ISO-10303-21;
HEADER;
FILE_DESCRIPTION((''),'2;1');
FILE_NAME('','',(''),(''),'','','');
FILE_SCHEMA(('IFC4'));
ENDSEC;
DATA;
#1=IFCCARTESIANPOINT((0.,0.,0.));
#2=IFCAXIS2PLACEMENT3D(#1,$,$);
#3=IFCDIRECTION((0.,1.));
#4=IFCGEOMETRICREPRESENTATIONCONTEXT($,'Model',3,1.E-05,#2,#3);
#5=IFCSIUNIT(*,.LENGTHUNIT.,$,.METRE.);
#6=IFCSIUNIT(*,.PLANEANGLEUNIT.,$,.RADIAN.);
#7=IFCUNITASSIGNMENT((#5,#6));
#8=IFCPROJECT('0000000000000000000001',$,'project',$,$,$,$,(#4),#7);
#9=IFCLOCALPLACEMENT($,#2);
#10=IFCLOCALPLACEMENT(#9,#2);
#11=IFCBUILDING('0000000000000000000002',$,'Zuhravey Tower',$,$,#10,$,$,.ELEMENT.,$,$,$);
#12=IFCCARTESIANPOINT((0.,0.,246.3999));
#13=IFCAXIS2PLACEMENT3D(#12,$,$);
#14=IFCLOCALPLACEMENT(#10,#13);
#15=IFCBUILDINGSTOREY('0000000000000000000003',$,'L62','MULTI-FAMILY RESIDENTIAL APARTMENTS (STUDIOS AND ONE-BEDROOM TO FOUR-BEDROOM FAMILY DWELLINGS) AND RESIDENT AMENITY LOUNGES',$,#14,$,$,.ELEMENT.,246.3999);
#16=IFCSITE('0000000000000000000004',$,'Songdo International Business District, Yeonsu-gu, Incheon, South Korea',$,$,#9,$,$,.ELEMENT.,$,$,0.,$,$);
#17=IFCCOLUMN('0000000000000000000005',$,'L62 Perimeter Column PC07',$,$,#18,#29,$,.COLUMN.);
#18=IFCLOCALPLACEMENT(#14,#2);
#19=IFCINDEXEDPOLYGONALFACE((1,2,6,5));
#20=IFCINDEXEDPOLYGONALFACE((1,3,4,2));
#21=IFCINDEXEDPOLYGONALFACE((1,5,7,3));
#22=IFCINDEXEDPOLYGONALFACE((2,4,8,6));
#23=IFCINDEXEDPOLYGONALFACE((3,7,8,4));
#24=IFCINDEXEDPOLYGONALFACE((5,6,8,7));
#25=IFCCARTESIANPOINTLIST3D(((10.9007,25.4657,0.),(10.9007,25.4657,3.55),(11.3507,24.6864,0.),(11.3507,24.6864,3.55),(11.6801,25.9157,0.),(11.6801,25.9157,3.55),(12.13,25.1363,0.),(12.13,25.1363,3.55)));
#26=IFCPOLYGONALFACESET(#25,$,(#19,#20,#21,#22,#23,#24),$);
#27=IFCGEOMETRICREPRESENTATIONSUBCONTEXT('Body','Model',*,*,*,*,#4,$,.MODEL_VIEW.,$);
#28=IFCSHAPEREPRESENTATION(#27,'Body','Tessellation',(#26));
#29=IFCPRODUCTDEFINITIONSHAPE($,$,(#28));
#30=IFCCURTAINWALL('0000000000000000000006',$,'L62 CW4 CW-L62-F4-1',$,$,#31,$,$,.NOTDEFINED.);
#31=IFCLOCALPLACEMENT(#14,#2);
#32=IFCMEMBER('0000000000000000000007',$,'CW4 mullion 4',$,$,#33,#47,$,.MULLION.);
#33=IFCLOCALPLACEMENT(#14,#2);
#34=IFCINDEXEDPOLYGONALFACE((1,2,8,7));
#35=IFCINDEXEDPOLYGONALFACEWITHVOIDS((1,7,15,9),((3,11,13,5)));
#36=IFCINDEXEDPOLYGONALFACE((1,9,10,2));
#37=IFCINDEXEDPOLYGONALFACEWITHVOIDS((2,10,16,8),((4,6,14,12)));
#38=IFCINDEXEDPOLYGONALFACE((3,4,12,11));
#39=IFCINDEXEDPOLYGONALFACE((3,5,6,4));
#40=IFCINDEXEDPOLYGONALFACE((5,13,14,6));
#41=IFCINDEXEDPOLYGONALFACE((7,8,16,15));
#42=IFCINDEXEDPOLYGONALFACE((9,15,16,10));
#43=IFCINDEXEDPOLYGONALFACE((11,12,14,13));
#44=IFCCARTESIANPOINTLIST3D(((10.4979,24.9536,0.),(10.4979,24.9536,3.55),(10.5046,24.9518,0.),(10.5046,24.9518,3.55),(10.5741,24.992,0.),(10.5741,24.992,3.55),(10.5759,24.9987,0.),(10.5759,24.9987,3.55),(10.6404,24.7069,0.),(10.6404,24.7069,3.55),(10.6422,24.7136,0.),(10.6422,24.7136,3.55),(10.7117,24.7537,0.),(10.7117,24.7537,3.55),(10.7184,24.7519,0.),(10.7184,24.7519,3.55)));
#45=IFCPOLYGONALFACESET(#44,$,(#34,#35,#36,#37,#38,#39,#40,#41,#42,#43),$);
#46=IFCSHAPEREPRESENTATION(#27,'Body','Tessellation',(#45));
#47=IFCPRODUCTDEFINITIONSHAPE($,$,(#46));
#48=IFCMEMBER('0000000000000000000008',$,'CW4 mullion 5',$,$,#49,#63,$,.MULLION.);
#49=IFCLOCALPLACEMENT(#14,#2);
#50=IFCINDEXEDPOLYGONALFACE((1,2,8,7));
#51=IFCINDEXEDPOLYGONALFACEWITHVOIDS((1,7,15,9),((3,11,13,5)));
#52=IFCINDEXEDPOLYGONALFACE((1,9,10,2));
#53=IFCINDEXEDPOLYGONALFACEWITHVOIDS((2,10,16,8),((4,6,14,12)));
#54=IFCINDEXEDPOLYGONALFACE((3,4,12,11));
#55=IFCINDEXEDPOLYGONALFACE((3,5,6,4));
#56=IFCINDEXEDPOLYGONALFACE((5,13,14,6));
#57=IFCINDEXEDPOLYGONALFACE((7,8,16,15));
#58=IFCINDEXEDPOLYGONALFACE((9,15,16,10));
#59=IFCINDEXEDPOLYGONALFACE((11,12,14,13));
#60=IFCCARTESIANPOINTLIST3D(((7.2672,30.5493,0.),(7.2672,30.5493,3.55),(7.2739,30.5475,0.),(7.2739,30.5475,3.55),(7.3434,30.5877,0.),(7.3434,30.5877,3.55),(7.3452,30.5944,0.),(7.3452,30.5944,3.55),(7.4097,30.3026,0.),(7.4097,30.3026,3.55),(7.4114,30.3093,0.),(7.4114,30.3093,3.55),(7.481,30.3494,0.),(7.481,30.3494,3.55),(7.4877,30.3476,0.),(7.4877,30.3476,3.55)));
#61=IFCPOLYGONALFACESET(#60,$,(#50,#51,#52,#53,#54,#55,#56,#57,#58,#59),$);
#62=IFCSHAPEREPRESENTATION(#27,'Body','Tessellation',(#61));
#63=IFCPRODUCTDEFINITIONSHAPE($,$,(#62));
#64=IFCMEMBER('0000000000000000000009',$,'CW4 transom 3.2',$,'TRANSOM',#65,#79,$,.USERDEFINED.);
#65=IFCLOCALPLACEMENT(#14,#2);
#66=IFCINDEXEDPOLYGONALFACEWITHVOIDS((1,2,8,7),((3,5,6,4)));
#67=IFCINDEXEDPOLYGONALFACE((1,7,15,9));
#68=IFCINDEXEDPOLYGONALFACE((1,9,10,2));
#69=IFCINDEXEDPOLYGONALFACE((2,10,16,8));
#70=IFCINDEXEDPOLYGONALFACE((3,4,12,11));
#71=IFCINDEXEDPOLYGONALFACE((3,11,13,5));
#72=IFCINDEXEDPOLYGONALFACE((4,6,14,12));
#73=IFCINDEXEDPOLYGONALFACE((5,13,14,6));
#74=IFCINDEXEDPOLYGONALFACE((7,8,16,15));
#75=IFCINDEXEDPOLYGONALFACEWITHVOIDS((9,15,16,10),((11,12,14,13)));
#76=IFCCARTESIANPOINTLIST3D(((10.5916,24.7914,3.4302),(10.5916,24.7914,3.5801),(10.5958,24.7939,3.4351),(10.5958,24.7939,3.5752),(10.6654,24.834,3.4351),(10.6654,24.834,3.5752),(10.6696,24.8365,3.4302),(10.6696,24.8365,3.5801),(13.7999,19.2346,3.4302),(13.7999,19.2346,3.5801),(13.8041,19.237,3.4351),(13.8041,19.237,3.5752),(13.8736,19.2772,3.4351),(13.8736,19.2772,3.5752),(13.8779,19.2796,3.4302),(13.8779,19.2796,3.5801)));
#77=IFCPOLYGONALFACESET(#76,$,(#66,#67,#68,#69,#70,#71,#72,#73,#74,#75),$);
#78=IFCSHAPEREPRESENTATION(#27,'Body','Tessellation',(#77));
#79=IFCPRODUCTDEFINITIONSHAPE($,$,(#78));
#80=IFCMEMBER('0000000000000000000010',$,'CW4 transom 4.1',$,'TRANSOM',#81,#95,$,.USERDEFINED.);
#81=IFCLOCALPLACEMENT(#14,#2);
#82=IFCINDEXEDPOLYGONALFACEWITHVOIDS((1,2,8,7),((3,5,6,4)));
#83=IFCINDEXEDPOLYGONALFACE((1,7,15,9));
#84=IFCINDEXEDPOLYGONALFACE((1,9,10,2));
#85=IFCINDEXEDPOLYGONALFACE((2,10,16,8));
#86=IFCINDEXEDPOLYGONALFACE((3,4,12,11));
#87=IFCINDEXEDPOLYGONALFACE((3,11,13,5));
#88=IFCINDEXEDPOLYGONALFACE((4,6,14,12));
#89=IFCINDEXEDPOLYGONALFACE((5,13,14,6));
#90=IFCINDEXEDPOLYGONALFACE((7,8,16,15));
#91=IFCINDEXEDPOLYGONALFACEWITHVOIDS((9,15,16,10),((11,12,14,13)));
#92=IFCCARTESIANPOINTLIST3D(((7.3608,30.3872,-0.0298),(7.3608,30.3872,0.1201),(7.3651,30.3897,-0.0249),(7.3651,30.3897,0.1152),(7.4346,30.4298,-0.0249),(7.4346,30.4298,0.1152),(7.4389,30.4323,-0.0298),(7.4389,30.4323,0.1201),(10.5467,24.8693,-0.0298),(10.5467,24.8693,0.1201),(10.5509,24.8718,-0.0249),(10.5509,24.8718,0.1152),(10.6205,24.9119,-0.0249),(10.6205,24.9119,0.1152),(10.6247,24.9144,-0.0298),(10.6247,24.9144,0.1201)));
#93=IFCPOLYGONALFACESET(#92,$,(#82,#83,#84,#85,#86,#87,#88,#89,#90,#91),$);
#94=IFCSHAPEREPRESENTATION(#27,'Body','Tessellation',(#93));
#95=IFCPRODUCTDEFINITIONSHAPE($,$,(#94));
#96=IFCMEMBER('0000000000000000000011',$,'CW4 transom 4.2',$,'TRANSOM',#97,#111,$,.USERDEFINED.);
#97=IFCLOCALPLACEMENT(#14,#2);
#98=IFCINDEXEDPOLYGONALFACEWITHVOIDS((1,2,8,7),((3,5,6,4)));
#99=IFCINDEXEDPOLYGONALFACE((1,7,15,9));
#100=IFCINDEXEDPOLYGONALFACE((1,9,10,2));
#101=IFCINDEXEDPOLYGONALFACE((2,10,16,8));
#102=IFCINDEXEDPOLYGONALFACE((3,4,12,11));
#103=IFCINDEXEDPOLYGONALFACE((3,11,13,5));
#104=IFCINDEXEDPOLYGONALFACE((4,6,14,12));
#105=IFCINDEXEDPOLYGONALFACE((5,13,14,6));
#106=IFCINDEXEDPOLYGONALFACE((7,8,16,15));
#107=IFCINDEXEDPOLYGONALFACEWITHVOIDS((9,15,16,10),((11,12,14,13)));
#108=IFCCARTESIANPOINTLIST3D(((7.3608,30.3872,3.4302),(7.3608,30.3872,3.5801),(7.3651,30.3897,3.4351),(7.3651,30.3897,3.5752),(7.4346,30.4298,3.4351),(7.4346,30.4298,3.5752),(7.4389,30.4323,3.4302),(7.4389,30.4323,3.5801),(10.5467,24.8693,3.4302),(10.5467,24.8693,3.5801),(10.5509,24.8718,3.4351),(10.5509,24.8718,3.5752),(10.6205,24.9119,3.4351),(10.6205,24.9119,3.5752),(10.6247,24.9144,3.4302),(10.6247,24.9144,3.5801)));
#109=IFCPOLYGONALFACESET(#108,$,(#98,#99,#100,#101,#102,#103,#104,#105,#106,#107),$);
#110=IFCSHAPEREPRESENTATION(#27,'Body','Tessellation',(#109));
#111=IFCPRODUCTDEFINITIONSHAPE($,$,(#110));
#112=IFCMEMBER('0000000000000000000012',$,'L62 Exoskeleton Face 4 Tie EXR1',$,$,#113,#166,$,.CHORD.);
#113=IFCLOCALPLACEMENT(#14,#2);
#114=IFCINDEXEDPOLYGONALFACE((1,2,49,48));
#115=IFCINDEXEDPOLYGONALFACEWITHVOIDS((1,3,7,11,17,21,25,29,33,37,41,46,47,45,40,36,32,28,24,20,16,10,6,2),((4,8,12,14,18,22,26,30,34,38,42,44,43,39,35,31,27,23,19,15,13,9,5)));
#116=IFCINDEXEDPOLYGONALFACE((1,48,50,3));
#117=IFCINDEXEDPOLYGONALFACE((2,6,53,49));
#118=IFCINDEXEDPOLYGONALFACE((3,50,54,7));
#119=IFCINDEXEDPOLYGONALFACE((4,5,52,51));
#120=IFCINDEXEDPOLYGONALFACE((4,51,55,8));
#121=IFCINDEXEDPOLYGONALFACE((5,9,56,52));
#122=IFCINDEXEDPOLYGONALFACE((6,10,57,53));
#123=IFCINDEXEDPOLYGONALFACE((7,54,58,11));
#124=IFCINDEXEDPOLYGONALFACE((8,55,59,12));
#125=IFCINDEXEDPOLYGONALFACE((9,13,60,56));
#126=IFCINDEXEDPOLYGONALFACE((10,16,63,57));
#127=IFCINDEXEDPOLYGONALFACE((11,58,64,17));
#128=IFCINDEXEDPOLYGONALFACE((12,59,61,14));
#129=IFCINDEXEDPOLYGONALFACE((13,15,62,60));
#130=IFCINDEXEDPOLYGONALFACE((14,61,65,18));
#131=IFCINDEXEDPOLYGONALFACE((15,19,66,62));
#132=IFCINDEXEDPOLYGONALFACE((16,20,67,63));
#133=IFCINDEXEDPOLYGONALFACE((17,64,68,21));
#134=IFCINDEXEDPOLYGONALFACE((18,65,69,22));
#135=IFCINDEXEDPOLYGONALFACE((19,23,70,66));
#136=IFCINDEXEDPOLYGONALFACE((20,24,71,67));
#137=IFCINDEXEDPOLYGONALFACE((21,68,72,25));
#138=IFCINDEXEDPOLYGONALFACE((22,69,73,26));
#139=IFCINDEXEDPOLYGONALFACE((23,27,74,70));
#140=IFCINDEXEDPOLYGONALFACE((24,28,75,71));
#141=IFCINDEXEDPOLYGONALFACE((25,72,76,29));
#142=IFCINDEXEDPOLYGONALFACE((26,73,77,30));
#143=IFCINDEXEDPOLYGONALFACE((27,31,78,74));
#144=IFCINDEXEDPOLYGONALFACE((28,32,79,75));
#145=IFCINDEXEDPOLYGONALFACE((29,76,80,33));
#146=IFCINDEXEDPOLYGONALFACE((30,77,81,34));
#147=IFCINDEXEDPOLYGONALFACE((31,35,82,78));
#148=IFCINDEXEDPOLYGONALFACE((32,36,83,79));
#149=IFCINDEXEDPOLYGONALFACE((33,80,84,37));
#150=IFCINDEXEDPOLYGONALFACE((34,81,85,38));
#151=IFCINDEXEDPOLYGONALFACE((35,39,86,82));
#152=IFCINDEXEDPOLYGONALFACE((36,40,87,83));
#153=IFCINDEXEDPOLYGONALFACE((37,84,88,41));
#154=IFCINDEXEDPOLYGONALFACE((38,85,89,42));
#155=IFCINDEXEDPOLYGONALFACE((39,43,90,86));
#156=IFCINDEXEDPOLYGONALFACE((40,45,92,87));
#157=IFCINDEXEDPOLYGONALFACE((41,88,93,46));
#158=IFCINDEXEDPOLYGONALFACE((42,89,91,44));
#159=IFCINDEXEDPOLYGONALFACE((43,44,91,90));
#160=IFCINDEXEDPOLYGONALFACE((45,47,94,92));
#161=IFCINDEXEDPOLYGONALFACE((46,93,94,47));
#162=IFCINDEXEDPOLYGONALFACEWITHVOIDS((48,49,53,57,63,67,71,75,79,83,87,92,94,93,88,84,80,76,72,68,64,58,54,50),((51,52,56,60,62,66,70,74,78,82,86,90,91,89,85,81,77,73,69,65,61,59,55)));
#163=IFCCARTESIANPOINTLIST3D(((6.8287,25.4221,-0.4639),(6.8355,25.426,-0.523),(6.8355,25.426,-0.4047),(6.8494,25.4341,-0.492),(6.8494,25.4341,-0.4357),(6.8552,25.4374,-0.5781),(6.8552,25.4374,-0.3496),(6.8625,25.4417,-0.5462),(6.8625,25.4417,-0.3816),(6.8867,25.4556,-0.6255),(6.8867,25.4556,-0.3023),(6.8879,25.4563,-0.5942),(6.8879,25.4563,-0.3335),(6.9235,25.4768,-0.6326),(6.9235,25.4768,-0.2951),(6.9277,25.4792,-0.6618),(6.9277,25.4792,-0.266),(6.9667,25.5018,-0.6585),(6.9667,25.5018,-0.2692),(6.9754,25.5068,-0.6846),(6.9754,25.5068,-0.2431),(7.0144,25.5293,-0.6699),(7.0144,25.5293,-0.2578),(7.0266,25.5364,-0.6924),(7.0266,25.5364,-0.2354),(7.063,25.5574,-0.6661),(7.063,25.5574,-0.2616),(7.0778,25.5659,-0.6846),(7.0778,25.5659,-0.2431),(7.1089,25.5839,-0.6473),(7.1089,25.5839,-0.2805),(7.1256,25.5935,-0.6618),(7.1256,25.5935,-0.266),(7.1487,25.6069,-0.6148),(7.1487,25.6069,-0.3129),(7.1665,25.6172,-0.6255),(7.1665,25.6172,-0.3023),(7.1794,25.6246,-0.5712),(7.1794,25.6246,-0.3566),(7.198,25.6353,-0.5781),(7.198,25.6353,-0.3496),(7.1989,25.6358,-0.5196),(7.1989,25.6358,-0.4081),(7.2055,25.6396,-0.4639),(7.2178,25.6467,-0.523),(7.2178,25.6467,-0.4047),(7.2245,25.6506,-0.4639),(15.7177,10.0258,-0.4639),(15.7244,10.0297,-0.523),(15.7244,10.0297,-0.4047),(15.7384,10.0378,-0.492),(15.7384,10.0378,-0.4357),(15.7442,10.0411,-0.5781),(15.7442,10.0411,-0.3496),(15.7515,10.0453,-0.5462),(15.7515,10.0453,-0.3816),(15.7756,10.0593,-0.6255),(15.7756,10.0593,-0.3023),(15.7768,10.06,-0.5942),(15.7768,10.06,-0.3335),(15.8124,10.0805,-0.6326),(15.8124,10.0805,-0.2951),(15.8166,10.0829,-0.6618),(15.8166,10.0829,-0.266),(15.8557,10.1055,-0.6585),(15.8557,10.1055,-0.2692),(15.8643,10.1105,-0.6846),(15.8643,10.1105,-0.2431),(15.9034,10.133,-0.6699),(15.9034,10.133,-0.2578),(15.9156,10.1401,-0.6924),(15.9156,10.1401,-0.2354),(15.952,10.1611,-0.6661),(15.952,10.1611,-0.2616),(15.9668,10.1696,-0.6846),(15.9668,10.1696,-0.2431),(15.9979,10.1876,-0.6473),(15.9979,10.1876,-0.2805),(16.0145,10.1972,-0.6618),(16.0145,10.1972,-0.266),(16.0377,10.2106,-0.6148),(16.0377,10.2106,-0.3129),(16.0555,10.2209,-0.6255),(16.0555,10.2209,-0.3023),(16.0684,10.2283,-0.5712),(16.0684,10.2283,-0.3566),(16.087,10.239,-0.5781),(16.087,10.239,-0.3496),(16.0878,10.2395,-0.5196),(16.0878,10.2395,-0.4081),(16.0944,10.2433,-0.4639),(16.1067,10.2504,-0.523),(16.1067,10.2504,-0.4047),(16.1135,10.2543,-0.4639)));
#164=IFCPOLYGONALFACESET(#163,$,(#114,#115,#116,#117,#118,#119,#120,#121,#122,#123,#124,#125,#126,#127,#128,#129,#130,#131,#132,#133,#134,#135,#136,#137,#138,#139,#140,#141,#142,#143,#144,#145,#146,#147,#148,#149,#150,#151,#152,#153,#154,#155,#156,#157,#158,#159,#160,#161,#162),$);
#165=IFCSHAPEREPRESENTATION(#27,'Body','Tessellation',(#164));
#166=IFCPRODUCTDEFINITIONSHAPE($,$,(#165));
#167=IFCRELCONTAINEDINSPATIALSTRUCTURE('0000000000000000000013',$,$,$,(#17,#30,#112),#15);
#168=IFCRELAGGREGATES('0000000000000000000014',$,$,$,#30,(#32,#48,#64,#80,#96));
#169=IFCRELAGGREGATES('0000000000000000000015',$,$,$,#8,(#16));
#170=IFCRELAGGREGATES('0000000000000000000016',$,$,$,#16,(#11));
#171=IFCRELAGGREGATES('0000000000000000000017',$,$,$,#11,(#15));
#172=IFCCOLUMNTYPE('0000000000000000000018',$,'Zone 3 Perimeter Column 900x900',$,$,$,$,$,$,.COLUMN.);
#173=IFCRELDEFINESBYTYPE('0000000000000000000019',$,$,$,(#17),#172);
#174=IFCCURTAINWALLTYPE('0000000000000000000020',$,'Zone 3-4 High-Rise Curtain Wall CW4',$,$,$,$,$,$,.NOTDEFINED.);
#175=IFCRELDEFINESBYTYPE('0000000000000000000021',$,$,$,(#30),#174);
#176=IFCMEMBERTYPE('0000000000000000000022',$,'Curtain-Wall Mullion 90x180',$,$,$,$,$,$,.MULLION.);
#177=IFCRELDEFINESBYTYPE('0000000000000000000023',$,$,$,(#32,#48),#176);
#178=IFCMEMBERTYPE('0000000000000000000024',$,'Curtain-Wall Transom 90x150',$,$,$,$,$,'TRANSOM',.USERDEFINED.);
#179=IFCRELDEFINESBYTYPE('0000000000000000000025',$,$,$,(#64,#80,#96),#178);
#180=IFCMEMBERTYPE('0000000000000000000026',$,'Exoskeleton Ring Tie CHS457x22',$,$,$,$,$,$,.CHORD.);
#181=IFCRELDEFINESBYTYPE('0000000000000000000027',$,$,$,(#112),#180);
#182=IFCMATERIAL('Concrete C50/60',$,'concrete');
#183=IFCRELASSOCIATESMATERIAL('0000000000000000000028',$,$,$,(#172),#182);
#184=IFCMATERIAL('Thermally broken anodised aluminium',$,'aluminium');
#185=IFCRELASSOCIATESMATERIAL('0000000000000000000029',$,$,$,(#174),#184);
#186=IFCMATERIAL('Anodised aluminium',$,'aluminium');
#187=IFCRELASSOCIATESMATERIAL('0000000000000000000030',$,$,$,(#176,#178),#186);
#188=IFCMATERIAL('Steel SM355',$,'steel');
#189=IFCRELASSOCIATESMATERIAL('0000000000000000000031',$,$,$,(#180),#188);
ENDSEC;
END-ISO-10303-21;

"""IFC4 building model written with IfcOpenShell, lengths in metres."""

from ifc_helpers import new_model, si_unit, direction, frame, origin, origin_2d, place, context, subcontext, project, spatial, rectangle, hollow_rectangle, hollow_circle, extrude, material, material_profile, profile_set, type_object, element, aggregate, save


model = new_model("IFC4")

# Units and contexts
model_context = context("Model", 3, precision=1e-05, world=origin(), true_north=direction((0.0, 1.0)))
body_context = subcontext(model_context, "Body", "Model", "MODEL_VIEW")
ifc_project = project(units=[si_unit("LENGTHUNIT", "METRE"), si_unit("PLANEANGLEUNIT", "RADIAN")], contexts=[model_context])

# Site, building, storey
site_placement = place(None, origin())
site = spatial("IfcSite", under=ifc_project, at=site_placement, Name="Songdo International Business District, Yeonsu-gu, Incheon, South Korea", CompositionType="ELEMENT", RefElevation=0.0)
building_placement = place(site_placement, origin())
building = spatial("IfcBuilding", under=site, at=building_placement, Name="Zuhravey Tower", CompositionType="ELEMENT")
storey_placement = place(building_placement, frame((0.0, 0.0, 246.3999)))
storey = spatial("IfcBuildingStorey", under=building, at=storey_placement, Name="L62", Description="MULTI-FAMILY RESIDENTIAL APARTMENTS (STUDIOS AND ONE-BEDROOM TO FOUR-BEDROOM FAMILY DWELLINGS) AND RESIDENT AMENITY LOUNGES", CompositionType="ELEMENT", Elevation=246.3999)

# Column
ifc_material_1 = material(Name="Concrete C50/60", Category="concrete")
ifc_material_profile_1 = material_profile(ifc_material_1, rectangle(XDim=0.8999, YDim=0.8999, at=origin_2d()), Name="RC-900x900")
ifc_profile_set_1 = profile_set([ifc_material_profile_1], Name="Concrete C50/60")
column_type = type_object("IfcColumnType", Name="Zone 3 Perimeter Column 900x900", PredefinedType="COLUMN", material=ifc_profile_set_1)
column_placement = place(storey_placement, frame((11.5154, 25.301, 0.0), z_axis=(0.0, 0.0, 1.0), x_axis=(0.5, -0.866025, 0.0)))
element("IfcColumn", 1, at=column_placement, inside=storey, type_object=column_type, Name="L62 Perimeter Column PC07", PredefinedType="COLUMN", context=body_context, shape_type="SweptSolid", body=[
    extrude(rectangle(XDim=0.8999, YDim=0.8999, at=origin_2d()), origin(), (0.0, 0.0, 1.0), 3.55),
])

# Curtain wall, members
ifc_material_2 = material(Name="Thermally broken anodised aluminium", Category="aluminium")
curtain_wall_type = type_object("IfcCurtainWallType", Name="Zone 3-4 High-Rise Curtain Wall CW4", PredefinedType="NOTDEFINED", material=ifc_material_2)
curtain_wall_placement = place(storey_placement, origin())
curtain_wall = element("IfcCurtainWall", 2, at=curtain_wall_placement, inside=storey, type_object=curtain_wall_type, Name="L62 CW4 CW-L62-F4-1", PredefinedType="NOTDEFINED")
ifc_material_3 = material(Name="Anodised aluminium", Category="aluminium")
ifc_material_profile_2 = material_profile(ifc_material_3, hollow_rectangle(XDim=0.0901, YDim=0.2849, WallThickness=0.0049, at=origin_2d()), Name="ALU-RHS-90x285x5")
ifc_profile_set_2 = profile_set([ifc_material_profile_2], Name="Anodised aluminium")
member_type_1 = type_object("IfcMemberType", Name="Curtain-Wall Mullion 90x180", PredefinedType="MULLION", material=ifc_profile_set_2)
member_1_placement = place(storey_placement, frame((10.6082, 24.8528, 0.0), z_axis=(0.0, 0.0, 1.0), x_axis=(-0.866025, -0.500001, 0.0)))
member_1 = element("IfcMember", 3, at=member_1_placement, type_object=member_type_1, Name="CW4 mullion 4", PredefinedType="MULLION", context=body_context, shape_type="SweptSolid", body=[
    extrude(hollow_rectangle(XDim=0.0901, YDim=0.2849, WallThickness=0.0049, at=origin_2d()), origin(), (0.0, 0.0, 1.0), 3.55),
])
member_2_placement = place(storey_placement, frame((7.3774, 30.4485, 0.0), z_axis=(0.0, 0.0, 1.0), x_axis=(-0.866025, -0.500001, 0.0)))
member_2 = element("IfcMember", 4, at=member_2_placement, type_object=member_type_1, Name="CW4 mullion 5", PredefinedType="MULLION", context=body_context, shape_type="SweptSolid", body=[
    extrude(hollow_rectangle(XDim=0.0901, YDim=0.2849, WallThickness=0.0049, at=origin_2d()), origin(), (0.0, 0.0, 1.0), 3.55),
])
ifc_material_profile_3 = material_profile(ifc_material_3, hollow_rectangle(XDim=0.0901, YDim=0.1499, WallThickness=0.0049, at=origin_2d()), Name="ALU-RHS-90x150x5")
ifc_profile_set_3 = profile_set([ifc_material_profile_3], Name="Anodised aluminium")
member_type_2 = type_object("IfcMemberType", Name="Curtain-Wall Transom 90x150", ElementType="TRANSOM", PredefinedType="USERDEFINED", material=ifc_profile_set_3)
member_3_placement = place(storey_placement, frame((13.8389, 19.2571, 3.5051), z_axis=(-0.499998, 0.866027, 0.0), x_axis=(-0.866027, -0.499998, 0.0)))
member_3 = element("IfcMember", 5, at=member_3_placement, type_object=member_type_2, Name="CW4 transom 3.2", ObjectType="TRANSOM", PredefinedType="USERDEFINED", context=body_context, shape_type="SweptSolid", body=[
    extrude(hollow_rectangle(XDim=0.0901, YDim=0.1499, WallThickness=0.0049, at=origin_2d()), origin(), (0.0, 0.0, 1.0), 6.4165),
])
member_4_placement = place(storey_placement, frame((10.5857, 24.8918, 0.0452), z_axis=(-0.500009, 0.86602, 0.0), x_axis=(-0.86602, -0.500009, 0.0)))
member_4 = element("IfcMember", 6, at=member_4_placement, type_object=member_type_2, Name="CW4 transom 4.1", ObjectType="TRANSOM", PredefinedType="USERDEFINED", context=body_context, shape_type="SweptSolid", body=[
    extrude(hollow_rectangle(XDim=0.0901, YDim=0.1499, WallThickness=0.0049, at=origin_2d()), origin(), (0.0, 0.0, 1.0), 6.3716),
])
member_5_placement = place(storey_placement, frame((10.5857, 24.8918, 3.5051), z_axis=(-0.500009, 0.86602, 0.0), x_axis=(-0.86602, -0.500009, 0.0)))
member_5 = element("IfcMember", 7, at=member_5_placement, type_object=member_type_2, Name="CW4 transom 4.2", ObjectType="TRANSOM", PredefinedType="USERDEFINED", context=body_context, shape_type="SweptSolid", body=[
    extrude(hollow_rectangle(XDim=0.0901, YDim=0.1499, WallThickness=0.0049, at=origin_2d()), origin(), (0.0, 0.0, 1.0), 6.3716),
])

# Member
ifc_material_4 = material(Name="Steel SM355", Category="steel")
ifc_material_profile_4 = material_profile(ifc_material_4, hollow_circle(Radius=0.2285, WallThickness=0.022, at=origin_2d()), Name="CHS-457.2x22")
ifc_profile_set_4 = profile_set([ifc_material_profile_4], Name="Steel SM355")
member_type_3 = type_object("IfcMemberType", Name="Exoskeleton Ring Tie CHS457x22", PredefinedType="CHORD", material=ifc_profile_set_4)
member_6_placement = place(storey_placement, frame((7.0266, 25.5364, -0.4639), z_axis=(0.499995, -0.866028, 0.0), x_axis=(0.866028, 0.499995, 0.0)))
element("IfcMember", 8, at=member_6_placement, inside=storey, type_object=member_type_3, Name="L62 Exoskeleton Face 4 Tie EXR1", PredefinedType="CHORD", context=body_context, shape_type="SweptSolid", body=[
    extrude(hollow_circle(Radius=0.2285, WallThickness=0.022, at=origin_2d()), origin(), (0.0, 0.0, 1.0), 17.7781),
])

aggregate(curtain_wall, [member_1, member_2, member_3, member_4, member_5])

save(model, "model.ifc")
